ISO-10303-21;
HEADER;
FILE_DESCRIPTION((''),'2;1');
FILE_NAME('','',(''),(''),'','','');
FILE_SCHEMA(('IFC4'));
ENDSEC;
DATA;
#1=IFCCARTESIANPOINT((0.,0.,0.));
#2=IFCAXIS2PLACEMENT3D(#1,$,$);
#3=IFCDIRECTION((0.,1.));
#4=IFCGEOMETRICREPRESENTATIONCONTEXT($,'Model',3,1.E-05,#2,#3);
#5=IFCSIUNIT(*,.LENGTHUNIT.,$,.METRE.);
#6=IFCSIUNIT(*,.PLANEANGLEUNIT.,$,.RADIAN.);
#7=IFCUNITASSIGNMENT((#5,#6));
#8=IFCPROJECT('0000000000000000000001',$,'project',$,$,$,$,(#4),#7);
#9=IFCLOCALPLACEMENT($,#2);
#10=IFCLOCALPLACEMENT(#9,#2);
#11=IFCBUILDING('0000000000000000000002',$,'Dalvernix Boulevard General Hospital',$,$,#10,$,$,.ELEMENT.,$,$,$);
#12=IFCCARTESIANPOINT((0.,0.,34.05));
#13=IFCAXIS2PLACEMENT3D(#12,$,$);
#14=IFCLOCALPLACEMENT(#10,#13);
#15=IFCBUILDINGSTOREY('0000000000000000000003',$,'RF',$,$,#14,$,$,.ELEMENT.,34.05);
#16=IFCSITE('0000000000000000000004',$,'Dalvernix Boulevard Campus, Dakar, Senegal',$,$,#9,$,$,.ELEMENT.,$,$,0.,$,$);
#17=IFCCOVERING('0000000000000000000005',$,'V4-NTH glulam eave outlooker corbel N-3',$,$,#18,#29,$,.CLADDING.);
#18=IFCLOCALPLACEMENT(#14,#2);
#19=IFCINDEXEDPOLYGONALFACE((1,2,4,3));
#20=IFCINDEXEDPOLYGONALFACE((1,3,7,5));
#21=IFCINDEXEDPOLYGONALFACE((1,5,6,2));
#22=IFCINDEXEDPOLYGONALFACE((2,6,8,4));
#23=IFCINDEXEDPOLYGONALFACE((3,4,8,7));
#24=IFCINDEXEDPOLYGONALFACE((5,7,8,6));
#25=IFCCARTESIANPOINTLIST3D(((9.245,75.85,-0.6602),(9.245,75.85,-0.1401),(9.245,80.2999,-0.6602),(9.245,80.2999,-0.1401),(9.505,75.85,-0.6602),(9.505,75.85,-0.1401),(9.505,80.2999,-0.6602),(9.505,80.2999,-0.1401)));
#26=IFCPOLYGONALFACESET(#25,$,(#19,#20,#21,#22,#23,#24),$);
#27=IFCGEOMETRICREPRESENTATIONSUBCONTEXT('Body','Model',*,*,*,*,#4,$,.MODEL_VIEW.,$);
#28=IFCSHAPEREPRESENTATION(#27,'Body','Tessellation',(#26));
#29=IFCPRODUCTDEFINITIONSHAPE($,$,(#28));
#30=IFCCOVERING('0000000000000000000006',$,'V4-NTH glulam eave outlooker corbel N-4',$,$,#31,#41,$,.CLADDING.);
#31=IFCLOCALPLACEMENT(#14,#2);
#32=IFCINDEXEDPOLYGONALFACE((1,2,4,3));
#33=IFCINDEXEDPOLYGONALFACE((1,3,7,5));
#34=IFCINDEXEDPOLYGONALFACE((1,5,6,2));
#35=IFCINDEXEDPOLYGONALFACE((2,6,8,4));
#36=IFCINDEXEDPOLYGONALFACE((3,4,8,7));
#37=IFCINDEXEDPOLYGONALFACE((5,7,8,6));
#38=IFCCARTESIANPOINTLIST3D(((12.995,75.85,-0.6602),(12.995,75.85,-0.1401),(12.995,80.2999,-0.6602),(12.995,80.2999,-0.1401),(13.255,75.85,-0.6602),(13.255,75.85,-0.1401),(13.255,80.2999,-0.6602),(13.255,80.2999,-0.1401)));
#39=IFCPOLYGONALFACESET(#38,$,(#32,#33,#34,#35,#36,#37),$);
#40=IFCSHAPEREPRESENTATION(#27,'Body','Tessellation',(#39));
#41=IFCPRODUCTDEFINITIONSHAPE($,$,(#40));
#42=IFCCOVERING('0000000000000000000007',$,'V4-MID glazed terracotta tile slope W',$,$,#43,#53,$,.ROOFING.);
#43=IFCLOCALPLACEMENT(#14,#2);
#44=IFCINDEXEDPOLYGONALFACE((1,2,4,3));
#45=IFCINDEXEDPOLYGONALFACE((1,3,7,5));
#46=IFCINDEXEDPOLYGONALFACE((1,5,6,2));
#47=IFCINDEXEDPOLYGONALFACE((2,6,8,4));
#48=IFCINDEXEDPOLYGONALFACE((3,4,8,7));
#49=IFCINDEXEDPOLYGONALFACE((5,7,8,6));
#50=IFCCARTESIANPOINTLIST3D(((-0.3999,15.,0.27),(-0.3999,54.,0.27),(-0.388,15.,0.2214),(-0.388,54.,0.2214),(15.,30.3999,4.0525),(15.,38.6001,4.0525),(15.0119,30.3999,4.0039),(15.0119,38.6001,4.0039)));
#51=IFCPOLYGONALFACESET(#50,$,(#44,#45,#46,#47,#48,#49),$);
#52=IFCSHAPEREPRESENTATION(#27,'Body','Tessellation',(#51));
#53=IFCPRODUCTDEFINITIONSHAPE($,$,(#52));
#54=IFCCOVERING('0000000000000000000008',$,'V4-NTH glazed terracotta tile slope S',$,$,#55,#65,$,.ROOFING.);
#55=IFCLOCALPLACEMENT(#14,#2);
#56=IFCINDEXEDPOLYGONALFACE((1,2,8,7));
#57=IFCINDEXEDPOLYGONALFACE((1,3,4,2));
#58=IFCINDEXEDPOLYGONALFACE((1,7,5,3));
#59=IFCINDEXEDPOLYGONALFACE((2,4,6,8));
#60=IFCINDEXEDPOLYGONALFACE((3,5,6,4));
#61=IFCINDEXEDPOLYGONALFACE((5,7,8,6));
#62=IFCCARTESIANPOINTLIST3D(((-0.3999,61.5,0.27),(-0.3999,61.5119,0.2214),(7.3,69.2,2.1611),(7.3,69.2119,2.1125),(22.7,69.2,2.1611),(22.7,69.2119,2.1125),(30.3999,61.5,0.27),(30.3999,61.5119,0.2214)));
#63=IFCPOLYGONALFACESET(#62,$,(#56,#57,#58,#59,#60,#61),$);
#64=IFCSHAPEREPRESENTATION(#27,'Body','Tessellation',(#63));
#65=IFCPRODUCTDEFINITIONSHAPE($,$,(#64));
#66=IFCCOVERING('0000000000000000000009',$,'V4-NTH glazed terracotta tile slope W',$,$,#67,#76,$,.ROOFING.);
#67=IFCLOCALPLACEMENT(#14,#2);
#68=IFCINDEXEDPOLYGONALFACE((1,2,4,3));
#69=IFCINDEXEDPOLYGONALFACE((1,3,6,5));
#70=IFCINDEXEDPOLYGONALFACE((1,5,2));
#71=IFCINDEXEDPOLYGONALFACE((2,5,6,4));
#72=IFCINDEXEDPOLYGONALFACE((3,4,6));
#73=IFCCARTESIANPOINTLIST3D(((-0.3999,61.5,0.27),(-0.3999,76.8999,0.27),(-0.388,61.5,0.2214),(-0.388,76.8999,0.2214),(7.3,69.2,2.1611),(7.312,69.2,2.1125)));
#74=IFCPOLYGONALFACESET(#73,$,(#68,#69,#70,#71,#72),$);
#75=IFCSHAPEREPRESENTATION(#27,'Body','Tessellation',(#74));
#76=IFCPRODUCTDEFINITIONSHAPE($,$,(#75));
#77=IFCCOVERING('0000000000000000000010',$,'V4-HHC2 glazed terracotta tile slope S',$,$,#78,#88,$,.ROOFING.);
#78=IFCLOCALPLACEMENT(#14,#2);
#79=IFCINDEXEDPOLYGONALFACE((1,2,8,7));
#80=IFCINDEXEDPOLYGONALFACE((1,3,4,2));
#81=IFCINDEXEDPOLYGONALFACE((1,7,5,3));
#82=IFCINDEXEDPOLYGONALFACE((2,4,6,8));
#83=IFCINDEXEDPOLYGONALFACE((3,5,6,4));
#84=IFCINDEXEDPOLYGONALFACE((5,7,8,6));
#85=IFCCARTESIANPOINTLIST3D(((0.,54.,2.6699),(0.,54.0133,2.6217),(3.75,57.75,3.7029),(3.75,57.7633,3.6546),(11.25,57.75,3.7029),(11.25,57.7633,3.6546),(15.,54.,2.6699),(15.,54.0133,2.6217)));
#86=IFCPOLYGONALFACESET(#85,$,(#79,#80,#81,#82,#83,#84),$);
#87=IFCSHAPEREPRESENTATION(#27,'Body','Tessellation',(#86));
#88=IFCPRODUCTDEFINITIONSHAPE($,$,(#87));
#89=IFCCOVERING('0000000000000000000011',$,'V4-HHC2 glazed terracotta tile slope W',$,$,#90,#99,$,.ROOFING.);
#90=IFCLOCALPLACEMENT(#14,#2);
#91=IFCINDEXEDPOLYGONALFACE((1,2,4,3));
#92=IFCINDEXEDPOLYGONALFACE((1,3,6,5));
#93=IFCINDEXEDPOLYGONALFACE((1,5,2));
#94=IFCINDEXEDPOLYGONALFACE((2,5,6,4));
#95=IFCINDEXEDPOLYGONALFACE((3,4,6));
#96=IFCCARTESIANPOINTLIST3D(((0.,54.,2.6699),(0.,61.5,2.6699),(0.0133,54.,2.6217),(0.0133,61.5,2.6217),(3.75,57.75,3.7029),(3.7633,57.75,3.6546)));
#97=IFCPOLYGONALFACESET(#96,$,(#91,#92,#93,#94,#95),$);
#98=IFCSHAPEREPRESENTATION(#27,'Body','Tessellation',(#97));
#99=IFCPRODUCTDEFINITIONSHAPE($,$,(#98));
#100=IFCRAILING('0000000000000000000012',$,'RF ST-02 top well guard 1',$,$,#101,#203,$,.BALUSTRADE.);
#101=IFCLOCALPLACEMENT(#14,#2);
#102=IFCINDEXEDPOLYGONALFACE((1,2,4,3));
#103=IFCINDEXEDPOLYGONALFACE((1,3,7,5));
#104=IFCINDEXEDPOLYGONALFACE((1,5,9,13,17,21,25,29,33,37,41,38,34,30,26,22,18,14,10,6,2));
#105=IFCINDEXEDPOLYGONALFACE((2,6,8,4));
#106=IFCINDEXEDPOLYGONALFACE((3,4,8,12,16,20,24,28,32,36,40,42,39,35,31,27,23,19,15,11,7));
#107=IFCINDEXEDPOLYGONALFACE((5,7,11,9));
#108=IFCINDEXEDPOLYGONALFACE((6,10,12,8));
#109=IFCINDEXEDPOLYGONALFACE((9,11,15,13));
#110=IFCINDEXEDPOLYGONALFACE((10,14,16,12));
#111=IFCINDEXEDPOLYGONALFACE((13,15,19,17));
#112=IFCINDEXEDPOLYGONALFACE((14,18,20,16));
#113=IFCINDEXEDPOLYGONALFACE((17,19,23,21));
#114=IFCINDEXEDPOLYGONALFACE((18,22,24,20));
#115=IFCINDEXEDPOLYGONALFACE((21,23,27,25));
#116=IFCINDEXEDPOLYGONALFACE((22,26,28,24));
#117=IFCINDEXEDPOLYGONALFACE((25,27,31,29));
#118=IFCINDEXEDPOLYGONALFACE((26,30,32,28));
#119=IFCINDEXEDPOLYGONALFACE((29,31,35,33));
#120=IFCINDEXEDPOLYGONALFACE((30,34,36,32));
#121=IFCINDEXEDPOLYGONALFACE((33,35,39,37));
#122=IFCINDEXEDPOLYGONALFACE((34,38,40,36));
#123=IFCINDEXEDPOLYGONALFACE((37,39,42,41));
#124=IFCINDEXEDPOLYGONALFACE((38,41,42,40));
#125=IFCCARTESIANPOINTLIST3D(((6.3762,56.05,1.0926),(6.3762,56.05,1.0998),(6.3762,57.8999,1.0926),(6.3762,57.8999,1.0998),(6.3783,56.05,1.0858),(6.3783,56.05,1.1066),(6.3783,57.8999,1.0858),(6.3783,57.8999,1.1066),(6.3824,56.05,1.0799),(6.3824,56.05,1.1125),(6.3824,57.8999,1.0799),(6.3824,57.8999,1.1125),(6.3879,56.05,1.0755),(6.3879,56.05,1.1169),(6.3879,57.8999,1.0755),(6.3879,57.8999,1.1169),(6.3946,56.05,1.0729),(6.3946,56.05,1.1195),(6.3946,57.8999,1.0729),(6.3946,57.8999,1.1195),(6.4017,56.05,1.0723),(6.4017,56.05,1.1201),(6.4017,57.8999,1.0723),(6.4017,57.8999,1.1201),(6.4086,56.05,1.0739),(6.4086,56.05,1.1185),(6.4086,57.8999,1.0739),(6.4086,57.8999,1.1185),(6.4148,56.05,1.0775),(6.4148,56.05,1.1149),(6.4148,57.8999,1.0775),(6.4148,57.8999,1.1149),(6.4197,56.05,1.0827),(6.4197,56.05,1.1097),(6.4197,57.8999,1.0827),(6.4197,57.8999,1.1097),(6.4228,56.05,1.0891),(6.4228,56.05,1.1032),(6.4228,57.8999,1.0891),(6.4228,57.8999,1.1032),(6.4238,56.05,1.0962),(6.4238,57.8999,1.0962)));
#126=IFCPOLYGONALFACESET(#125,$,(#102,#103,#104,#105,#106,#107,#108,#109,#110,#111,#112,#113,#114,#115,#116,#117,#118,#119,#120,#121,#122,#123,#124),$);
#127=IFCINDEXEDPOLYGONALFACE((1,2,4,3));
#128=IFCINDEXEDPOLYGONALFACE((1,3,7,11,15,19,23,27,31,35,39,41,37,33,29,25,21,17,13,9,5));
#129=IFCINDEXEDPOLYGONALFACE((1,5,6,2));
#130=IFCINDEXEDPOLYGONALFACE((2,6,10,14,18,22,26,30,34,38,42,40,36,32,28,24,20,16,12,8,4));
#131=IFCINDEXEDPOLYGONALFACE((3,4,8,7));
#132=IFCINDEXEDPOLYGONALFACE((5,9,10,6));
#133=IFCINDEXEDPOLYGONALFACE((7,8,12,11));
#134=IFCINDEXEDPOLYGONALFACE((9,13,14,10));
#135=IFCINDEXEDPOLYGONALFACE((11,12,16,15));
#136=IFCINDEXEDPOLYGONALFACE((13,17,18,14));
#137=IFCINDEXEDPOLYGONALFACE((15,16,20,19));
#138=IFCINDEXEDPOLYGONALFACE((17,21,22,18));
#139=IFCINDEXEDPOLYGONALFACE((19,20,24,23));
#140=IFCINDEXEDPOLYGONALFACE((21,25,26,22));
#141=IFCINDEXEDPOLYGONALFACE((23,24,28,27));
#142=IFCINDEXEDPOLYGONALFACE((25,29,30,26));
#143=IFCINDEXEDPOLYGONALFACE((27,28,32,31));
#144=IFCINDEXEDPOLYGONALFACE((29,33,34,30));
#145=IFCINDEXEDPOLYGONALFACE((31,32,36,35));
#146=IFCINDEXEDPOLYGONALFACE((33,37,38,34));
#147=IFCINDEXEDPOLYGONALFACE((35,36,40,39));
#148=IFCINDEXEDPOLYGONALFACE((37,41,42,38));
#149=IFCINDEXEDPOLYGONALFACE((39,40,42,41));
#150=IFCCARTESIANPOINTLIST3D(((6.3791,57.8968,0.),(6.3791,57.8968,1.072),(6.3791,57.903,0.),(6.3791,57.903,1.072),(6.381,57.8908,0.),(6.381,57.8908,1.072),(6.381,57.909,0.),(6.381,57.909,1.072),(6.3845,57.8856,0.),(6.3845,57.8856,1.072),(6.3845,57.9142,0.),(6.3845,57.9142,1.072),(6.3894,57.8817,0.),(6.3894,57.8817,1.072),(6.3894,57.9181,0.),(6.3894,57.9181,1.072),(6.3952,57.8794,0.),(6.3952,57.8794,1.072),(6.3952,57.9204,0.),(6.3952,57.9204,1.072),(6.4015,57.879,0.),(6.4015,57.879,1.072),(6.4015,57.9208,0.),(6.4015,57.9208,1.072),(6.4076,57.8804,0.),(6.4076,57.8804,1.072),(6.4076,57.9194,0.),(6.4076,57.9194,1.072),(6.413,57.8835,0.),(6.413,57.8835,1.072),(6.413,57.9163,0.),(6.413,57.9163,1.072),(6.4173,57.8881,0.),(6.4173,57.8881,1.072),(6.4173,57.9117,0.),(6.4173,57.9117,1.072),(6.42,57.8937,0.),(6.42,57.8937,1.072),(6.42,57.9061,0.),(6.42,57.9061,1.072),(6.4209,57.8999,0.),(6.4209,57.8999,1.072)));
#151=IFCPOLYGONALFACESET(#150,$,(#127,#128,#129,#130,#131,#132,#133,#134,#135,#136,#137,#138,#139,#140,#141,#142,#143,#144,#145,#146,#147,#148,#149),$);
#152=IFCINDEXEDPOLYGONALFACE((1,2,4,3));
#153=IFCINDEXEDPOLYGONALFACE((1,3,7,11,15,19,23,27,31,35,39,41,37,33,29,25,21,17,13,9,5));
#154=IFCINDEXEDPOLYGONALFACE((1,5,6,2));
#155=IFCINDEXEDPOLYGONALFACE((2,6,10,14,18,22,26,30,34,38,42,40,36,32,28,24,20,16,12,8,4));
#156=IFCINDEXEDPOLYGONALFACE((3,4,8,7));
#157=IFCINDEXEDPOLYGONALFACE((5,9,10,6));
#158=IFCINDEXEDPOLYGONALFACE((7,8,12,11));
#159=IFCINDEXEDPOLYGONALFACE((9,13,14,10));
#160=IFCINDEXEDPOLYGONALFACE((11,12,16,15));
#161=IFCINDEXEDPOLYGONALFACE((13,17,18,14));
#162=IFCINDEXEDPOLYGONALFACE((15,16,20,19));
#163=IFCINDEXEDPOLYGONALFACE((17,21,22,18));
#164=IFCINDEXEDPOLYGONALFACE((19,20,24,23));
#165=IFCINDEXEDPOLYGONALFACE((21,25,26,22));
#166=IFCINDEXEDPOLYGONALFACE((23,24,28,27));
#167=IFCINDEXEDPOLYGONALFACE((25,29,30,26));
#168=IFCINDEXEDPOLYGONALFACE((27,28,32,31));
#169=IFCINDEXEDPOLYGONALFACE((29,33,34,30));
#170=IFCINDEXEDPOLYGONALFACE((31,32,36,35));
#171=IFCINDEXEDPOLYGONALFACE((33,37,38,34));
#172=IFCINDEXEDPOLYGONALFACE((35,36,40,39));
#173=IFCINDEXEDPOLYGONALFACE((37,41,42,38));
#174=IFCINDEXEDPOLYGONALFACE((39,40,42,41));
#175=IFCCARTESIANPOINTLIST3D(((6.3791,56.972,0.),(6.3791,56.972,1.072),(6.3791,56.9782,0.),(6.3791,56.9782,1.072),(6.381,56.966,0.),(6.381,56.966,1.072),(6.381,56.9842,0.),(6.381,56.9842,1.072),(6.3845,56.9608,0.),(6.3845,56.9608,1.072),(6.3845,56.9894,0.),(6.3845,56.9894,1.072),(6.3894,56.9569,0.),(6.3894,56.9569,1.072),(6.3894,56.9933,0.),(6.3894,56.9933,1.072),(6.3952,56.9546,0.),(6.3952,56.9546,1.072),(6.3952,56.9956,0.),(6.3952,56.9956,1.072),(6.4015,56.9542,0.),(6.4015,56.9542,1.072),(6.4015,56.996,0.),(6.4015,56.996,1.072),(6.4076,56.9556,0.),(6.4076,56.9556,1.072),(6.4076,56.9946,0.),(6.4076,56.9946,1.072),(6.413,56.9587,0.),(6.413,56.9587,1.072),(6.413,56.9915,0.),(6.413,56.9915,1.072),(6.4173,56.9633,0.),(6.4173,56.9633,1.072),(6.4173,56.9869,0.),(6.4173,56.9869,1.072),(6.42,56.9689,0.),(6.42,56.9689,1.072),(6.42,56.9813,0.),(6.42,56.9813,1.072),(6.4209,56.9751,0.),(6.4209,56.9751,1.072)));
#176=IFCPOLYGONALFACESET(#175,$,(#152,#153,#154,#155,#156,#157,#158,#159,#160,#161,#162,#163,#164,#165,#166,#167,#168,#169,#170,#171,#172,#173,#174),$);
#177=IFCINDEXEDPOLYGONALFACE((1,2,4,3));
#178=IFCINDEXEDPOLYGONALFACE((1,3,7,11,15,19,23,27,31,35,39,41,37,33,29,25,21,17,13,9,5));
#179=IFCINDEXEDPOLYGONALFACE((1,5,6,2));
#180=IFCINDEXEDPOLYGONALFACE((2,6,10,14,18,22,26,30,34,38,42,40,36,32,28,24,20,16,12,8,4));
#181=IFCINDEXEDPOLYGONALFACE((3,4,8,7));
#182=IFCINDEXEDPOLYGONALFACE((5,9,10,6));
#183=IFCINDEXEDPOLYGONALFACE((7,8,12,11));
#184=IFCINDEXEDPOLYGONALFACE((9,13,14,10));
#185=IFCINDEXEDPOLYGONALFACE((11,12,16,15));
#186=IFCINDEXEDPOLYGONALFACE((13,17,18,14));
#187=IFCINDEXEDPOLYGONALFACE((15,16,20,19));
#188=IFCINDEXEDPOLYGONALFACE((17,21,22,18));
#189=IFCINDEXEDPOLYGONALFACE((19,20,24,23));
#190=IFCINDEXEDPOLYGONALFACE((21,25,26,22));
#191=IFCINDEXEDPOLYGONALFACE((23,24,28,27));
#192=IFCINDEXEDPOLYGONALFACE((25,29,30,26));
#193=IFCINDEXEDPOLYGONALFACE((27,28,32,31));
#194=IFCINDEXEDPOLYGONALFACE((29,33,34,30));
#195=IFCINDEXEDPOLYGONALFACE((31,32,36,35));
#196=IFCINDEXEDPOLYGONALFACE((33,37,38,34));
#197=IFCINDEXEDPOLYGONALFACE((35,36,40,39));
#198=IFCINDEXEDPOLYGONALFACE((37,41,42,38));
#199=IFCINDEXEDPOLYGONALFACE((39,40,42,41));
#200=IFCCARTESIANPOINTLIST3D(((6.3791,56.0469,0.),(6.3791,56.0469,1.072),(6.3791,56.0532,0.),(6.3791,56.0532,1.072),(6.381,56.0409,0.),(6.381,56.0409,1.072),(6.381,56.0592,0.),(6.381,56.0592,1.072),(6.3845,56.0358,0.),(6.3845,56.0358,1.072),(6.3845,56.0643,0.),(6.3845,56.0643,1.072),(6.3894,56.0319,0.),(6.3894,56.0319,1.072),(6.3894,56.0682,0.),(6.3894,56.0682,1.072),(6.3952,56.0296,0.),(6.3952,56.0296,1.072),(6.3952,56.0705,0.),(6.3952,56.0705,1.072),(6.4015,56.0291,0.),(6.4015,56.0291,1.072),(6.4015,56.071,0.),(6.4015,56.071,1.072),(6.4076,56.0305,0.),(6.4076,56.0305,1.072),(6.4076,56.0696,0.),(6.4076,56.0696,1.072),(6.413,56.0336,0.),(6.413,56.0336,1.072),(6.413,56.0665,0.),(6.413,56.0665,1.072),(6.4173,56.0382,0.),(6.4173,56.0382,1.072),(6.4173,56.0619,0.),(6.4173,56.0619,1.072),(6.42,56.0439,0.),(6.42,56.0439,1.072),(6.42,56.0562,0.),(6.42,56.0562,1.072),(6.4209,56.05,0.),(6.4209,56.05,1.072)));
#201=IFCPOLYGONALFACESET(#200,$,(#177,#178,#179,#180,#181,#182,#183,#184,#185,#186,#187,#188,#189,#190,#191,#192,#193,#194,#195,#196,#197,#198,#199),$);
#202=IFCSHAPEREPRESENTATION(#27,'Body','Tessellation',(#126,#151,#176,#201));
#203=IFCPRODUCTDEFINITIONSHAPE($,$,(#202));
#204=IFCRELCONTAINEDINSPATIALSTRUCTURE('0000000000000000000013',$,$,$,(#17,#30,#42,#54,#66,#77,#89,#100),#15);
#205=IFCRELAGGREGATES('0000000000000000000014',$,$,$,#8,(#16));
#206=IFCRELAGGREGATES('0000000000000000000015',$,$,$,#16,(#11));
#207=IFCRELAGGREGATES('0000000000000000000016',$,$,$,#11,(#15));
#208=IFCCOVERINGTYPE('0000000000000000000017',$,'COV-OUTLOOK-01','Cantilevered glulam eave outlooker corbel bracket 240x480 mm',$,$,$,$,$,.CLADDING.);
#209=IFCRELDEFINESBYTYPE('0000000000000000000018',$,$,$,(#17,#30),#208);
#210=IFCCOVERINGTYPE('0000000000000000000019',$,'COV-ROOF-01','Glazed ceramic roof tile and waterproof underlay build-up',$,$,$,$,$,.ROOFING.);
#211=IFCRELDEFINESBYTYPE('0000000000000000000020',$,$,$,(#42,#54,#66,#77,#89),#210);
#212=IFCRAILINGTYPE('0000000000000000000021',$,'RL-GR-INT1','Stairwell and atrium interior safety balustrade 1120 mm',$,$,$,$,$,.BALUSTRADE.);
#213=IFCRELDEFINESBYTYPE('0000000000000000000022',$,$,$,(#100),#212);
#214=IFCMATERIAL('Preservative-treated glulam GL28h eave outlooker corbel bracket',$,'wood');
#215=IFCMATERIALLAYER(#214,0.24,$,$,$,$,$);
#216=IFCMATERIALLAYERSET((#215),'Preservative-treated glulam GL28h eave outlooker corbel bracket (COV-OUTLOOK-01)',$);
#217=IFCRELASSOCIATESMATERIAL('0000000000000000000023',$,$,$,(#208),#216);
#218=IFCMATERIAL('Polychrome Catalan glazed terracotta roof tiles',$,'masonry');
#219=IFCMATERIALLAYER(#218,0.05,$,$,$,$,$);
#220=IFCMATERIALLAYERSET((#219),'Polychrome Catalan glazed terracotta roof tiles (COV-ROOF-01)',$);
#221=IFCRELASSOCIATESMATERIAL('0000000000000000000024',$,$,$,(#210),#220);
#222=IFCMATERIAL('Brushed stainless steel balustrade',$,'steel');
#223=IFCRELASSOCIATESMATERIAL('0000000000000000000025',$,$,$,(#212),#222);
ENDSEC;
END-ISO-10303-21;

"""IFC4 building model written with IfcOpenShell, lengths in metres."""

from ifc_helpers import new_model, si_unit, direction, frame, origin, origin_2d, place, context, subcontext, project, spatial, polyline, rectangle, circle, outline, extrude, material, layer, layer_set, type_object, element, save


model = new_model("IFC4")

# Units and contexts
model_context = context("Model", 3, precision=1e-05, world=origin(), true_north=direction((0.0, 1.0)))
body_context = subcontext(model_context, "Body", "Model", "MODEL_VIEW")
ifc_project = project(units=[si_unit("LENGTHUNIT", "METRE"), si_unit("PLANEANGLEUNIT", "RADIAN")], contexts=[model_context])

# Site, building, storey
site_placement = place(None, origin())
site = spatial("IfcSite", under=ifc_project, at=site_placement, Name="Dalvernix Boulevard Campus, Dakar, Senegal", CompositionType="ELEMENT", RefElevation=0.0)
building_placement = place(site_placement, origin())
building = spatial("IfcBuilding", under=site, at=building_placement, Name="Dalvernix Boulevard General Hospital", CompositionType="ELEMENT")
storey_placement = place(building_placement, frame((0.0, 0.0, 34.05)))
storey = spatial("IfcBuildingStorey", under=building, at=storey_placement, Name="RF", CompositionType="ELEMENT", Elevation=34.05)

# Coverings
ifc_material_1 = material(Name="Preservative-treated glulam GL28h eave outlooker corbel bracket", Category="wood")
ifc_layer_1 = layer(ifc_material_1, 0.24)
ifc_layer_set_1 = layer_set([ifc_layer_1], Name="Preservative-treated glulam GL28h eave outlooker corbel bracket (COV-OUTLOOK-01)")
covering_type_1 = type_object("IfcCoveringType", Name="COV-OUTLOOK-01", Description="Cantilevered glulam eave outlooker corbel bracket 240x480 mm", PredefinedType="CLADDING", material=ifc_layer_set_1)
for number, where, z_axis, x_axis, name in (
    (1, (9.375, 78.075, -0.6602), (0.0, 0.0, 1.0), (1.0, 0.0, 0.0), "V4-NTH glulam eave outlooker corbel N-3"),
    (2, (13.125, 78.075, -0.6602), (0.0, 0.0, 1.0), (1.0, 0.0, 0.0), "V4-NTH glulam eave outlooker corbel N-4"),
):
    element("IfcCovering", number, at=place(storey_placement, frame(where, z_axis=z_axis, x_axis=x_axis)), inside=storey, type_object=covering_type_1, Name=name, PredefinedType="CLADDING", context=body_context, shape_type="SweptSolid", body=[
        extrude(rectangle(XDim=0.26, YDim=4.45, at=origin_2d()), origin(), (0.0, 0.0, 1.0), 0.52),
    ])
ifc_material_2 = material(Name="Polychrome Catalan glazed terracotta roof tiles", Category="masonry")
ifc_layer_2 = layer(ifc_material_2, 0.05)
ifc_layer_set_2 = layer_set([ifc_layer_2], Name="Polychrome Catalan glazed terracotta roof tiles (COV-ROOF-01)")
covering_type_2 = type_object("IfcCoveringType", Name="COV-ROOF-01", Description="Glazed ceramic roof tile and waterproof underlay build-up", PredefinedType="ROOFING", material=ifc_layer_set_2)
covering_1_placement = place(storey_placement, frame((-0.3999, 54.0, 0.27), z_axis=(-0.238527, 0.0, 0.971136), x_axis=(0.0, -1.0, 0.0)))
element("IfcCovering", 3, at=covering_1_placement, inside=storey, type_object=covering_type_2, Name="V4-MID glazed terracotta tile slope W", PredefinedType="ROOFING", context=body_context, shape_type="SweptSolid", body=[
    extrude(outline(polyline([(0.0, 0.0), (39.0, 0.0), (23.6001, 15.8576), (15.3999, 15.8576), (0.0, 0.0)])), origin(), (0.0, 0.0, -1.0), 0.05),
])
covering_2_placement = place(storey_placement, frame((-0.3999, 61.5, 0.27), z_axis=(0.0, -0.238513, 0.971139), x_axis=(1.0, 0.0, 0.0)))
element("IfcCovering", 4, at=covering_2_placement, inside=storey, type_object=covering_type_2, Name="V4-NTH glazed terracotta tile slope S", PredefinedType="ROOFING", context=body_context, shape_type="SweptSolid", body=[
    extrude(outline(polyline([(0.0, 0.0), (30.7998, 0.0), (23.0999, 7.9288), (7.7, 7.9288), (0.0, 0.0)])), origin(), (0.0, 0.0, -1.0), 0.05),
])
covering_3_placement = place(storey_placement, frame((-0.3999, 76.8999, 0.27), z_axis=(-0.238513, 0.0, 0.971139), x_axis=(0.0, -1.0, 0.0)))
element("IfcCovering", 5, at=covering_3_placement, inside=storey, type_object=covering_type_2, Name="V4-NTH glazed terracotta tile slope W", PredefinedType="ROOFING", context=body_context, shape_type="SweptSolid", body=[
    extrude(outline(polyline([(0.0, 0.0), (15.3999, 0.0), (7.7, 7.9288), (0.0, 0.0)])), origin(), (0.0, 0.0, -1.0), 0.05),
])
covering_4_placement = place(storey_placement, frame((0.0, 54.0, 2.6699), z_axis=(0.0, -0.265565, 0.964093), x_axis=(1.0, 0.0, 0.0)))
element("IfcCovering", 6, at=covering_4_placement, inside=storey, type_object=covering_type_2, Name="V4-HHC2 glazed terracotta tile slope S", PredefinedType="ROOFING", context=body_context, shape_type="SweptSolid", body=[
    extrude(outline(polyline([(0.0, 0.0), (15.0, 0.0), (11.25, 3.8897), (3.75, 3.8897), (0.0, 0.0)])), origin(), (0.0, 0.0, -1.0), 0.05),
])
covering_5_placement = place(storey_placement, frame((0.0, 61.5, 2.6699), z_axis=(-0.265565, 0.0, 0.964093), x_axis=(0.0, -1.0, 0.0)))
element("IfcCovering", 7, at=covering_5_placement, inside=storey, type_object=covering_type_2, Name="V4-HHC2 glazed terracotta tile slope W", PredefinedType="ROOFING", context=body_context, shape_type="SweptSolid", body=[
    extrude(outline(polyline([(0.0, 0.0), (7.5, 0.0), (3.75, 3.8897), (0.0, 0.0)])), origin(), (0.0, 0.0, -1.0), 0.05),
])

# Railing
ifc_material_3 = material(Name="Brushed stainless steel balustrade", Category="steel")
railing_type = type_object("IfcRailingType", Name="RL-GR-INT1", Description="Stairwell and atrium interior safety balustrade 1120 mm", PredefinedType="BALUSTRADE", material=ifc_material_3)
railing_placement = place(storey_placement, frame((6.3999, 57.8999, 0.0)))
element("IfcRailing", 8, at=railing_placement, inside=storey, type_object=railing_type, Name="RF ST-02 top well guard 1", PredefinedType="BALUSTRADE", context=body_context, shape_type="SweptSolid", body=[
    extrude(circle(Radius=0.0239, at=origin_2d()), frame((0.0, 0.0, 1.0962), z_axis=(0.0, -1.0, 0.0), x_axis=(1.0, 0.0, 0.0)), (0.0, 0.0, 1.0), 1.8499),
    extrude(circle(Radius=0.021, at=origin_2d()), origin(), (0.0, 0.0, 1.0), 1.072),
    extrude(circle(Radius=0.021, at=origin_2d()), frame((0.0, -0.9248, 0.0)), (0.0, 0.0, 1.0), 1.072),
    extrude(circle(Radius=0.021, at=origin_2d()), frame((0.0, -1.8499, 0.0)), (0.0, 0.0, 1.0), 1.072),
])

save(model, "model.ifc")
